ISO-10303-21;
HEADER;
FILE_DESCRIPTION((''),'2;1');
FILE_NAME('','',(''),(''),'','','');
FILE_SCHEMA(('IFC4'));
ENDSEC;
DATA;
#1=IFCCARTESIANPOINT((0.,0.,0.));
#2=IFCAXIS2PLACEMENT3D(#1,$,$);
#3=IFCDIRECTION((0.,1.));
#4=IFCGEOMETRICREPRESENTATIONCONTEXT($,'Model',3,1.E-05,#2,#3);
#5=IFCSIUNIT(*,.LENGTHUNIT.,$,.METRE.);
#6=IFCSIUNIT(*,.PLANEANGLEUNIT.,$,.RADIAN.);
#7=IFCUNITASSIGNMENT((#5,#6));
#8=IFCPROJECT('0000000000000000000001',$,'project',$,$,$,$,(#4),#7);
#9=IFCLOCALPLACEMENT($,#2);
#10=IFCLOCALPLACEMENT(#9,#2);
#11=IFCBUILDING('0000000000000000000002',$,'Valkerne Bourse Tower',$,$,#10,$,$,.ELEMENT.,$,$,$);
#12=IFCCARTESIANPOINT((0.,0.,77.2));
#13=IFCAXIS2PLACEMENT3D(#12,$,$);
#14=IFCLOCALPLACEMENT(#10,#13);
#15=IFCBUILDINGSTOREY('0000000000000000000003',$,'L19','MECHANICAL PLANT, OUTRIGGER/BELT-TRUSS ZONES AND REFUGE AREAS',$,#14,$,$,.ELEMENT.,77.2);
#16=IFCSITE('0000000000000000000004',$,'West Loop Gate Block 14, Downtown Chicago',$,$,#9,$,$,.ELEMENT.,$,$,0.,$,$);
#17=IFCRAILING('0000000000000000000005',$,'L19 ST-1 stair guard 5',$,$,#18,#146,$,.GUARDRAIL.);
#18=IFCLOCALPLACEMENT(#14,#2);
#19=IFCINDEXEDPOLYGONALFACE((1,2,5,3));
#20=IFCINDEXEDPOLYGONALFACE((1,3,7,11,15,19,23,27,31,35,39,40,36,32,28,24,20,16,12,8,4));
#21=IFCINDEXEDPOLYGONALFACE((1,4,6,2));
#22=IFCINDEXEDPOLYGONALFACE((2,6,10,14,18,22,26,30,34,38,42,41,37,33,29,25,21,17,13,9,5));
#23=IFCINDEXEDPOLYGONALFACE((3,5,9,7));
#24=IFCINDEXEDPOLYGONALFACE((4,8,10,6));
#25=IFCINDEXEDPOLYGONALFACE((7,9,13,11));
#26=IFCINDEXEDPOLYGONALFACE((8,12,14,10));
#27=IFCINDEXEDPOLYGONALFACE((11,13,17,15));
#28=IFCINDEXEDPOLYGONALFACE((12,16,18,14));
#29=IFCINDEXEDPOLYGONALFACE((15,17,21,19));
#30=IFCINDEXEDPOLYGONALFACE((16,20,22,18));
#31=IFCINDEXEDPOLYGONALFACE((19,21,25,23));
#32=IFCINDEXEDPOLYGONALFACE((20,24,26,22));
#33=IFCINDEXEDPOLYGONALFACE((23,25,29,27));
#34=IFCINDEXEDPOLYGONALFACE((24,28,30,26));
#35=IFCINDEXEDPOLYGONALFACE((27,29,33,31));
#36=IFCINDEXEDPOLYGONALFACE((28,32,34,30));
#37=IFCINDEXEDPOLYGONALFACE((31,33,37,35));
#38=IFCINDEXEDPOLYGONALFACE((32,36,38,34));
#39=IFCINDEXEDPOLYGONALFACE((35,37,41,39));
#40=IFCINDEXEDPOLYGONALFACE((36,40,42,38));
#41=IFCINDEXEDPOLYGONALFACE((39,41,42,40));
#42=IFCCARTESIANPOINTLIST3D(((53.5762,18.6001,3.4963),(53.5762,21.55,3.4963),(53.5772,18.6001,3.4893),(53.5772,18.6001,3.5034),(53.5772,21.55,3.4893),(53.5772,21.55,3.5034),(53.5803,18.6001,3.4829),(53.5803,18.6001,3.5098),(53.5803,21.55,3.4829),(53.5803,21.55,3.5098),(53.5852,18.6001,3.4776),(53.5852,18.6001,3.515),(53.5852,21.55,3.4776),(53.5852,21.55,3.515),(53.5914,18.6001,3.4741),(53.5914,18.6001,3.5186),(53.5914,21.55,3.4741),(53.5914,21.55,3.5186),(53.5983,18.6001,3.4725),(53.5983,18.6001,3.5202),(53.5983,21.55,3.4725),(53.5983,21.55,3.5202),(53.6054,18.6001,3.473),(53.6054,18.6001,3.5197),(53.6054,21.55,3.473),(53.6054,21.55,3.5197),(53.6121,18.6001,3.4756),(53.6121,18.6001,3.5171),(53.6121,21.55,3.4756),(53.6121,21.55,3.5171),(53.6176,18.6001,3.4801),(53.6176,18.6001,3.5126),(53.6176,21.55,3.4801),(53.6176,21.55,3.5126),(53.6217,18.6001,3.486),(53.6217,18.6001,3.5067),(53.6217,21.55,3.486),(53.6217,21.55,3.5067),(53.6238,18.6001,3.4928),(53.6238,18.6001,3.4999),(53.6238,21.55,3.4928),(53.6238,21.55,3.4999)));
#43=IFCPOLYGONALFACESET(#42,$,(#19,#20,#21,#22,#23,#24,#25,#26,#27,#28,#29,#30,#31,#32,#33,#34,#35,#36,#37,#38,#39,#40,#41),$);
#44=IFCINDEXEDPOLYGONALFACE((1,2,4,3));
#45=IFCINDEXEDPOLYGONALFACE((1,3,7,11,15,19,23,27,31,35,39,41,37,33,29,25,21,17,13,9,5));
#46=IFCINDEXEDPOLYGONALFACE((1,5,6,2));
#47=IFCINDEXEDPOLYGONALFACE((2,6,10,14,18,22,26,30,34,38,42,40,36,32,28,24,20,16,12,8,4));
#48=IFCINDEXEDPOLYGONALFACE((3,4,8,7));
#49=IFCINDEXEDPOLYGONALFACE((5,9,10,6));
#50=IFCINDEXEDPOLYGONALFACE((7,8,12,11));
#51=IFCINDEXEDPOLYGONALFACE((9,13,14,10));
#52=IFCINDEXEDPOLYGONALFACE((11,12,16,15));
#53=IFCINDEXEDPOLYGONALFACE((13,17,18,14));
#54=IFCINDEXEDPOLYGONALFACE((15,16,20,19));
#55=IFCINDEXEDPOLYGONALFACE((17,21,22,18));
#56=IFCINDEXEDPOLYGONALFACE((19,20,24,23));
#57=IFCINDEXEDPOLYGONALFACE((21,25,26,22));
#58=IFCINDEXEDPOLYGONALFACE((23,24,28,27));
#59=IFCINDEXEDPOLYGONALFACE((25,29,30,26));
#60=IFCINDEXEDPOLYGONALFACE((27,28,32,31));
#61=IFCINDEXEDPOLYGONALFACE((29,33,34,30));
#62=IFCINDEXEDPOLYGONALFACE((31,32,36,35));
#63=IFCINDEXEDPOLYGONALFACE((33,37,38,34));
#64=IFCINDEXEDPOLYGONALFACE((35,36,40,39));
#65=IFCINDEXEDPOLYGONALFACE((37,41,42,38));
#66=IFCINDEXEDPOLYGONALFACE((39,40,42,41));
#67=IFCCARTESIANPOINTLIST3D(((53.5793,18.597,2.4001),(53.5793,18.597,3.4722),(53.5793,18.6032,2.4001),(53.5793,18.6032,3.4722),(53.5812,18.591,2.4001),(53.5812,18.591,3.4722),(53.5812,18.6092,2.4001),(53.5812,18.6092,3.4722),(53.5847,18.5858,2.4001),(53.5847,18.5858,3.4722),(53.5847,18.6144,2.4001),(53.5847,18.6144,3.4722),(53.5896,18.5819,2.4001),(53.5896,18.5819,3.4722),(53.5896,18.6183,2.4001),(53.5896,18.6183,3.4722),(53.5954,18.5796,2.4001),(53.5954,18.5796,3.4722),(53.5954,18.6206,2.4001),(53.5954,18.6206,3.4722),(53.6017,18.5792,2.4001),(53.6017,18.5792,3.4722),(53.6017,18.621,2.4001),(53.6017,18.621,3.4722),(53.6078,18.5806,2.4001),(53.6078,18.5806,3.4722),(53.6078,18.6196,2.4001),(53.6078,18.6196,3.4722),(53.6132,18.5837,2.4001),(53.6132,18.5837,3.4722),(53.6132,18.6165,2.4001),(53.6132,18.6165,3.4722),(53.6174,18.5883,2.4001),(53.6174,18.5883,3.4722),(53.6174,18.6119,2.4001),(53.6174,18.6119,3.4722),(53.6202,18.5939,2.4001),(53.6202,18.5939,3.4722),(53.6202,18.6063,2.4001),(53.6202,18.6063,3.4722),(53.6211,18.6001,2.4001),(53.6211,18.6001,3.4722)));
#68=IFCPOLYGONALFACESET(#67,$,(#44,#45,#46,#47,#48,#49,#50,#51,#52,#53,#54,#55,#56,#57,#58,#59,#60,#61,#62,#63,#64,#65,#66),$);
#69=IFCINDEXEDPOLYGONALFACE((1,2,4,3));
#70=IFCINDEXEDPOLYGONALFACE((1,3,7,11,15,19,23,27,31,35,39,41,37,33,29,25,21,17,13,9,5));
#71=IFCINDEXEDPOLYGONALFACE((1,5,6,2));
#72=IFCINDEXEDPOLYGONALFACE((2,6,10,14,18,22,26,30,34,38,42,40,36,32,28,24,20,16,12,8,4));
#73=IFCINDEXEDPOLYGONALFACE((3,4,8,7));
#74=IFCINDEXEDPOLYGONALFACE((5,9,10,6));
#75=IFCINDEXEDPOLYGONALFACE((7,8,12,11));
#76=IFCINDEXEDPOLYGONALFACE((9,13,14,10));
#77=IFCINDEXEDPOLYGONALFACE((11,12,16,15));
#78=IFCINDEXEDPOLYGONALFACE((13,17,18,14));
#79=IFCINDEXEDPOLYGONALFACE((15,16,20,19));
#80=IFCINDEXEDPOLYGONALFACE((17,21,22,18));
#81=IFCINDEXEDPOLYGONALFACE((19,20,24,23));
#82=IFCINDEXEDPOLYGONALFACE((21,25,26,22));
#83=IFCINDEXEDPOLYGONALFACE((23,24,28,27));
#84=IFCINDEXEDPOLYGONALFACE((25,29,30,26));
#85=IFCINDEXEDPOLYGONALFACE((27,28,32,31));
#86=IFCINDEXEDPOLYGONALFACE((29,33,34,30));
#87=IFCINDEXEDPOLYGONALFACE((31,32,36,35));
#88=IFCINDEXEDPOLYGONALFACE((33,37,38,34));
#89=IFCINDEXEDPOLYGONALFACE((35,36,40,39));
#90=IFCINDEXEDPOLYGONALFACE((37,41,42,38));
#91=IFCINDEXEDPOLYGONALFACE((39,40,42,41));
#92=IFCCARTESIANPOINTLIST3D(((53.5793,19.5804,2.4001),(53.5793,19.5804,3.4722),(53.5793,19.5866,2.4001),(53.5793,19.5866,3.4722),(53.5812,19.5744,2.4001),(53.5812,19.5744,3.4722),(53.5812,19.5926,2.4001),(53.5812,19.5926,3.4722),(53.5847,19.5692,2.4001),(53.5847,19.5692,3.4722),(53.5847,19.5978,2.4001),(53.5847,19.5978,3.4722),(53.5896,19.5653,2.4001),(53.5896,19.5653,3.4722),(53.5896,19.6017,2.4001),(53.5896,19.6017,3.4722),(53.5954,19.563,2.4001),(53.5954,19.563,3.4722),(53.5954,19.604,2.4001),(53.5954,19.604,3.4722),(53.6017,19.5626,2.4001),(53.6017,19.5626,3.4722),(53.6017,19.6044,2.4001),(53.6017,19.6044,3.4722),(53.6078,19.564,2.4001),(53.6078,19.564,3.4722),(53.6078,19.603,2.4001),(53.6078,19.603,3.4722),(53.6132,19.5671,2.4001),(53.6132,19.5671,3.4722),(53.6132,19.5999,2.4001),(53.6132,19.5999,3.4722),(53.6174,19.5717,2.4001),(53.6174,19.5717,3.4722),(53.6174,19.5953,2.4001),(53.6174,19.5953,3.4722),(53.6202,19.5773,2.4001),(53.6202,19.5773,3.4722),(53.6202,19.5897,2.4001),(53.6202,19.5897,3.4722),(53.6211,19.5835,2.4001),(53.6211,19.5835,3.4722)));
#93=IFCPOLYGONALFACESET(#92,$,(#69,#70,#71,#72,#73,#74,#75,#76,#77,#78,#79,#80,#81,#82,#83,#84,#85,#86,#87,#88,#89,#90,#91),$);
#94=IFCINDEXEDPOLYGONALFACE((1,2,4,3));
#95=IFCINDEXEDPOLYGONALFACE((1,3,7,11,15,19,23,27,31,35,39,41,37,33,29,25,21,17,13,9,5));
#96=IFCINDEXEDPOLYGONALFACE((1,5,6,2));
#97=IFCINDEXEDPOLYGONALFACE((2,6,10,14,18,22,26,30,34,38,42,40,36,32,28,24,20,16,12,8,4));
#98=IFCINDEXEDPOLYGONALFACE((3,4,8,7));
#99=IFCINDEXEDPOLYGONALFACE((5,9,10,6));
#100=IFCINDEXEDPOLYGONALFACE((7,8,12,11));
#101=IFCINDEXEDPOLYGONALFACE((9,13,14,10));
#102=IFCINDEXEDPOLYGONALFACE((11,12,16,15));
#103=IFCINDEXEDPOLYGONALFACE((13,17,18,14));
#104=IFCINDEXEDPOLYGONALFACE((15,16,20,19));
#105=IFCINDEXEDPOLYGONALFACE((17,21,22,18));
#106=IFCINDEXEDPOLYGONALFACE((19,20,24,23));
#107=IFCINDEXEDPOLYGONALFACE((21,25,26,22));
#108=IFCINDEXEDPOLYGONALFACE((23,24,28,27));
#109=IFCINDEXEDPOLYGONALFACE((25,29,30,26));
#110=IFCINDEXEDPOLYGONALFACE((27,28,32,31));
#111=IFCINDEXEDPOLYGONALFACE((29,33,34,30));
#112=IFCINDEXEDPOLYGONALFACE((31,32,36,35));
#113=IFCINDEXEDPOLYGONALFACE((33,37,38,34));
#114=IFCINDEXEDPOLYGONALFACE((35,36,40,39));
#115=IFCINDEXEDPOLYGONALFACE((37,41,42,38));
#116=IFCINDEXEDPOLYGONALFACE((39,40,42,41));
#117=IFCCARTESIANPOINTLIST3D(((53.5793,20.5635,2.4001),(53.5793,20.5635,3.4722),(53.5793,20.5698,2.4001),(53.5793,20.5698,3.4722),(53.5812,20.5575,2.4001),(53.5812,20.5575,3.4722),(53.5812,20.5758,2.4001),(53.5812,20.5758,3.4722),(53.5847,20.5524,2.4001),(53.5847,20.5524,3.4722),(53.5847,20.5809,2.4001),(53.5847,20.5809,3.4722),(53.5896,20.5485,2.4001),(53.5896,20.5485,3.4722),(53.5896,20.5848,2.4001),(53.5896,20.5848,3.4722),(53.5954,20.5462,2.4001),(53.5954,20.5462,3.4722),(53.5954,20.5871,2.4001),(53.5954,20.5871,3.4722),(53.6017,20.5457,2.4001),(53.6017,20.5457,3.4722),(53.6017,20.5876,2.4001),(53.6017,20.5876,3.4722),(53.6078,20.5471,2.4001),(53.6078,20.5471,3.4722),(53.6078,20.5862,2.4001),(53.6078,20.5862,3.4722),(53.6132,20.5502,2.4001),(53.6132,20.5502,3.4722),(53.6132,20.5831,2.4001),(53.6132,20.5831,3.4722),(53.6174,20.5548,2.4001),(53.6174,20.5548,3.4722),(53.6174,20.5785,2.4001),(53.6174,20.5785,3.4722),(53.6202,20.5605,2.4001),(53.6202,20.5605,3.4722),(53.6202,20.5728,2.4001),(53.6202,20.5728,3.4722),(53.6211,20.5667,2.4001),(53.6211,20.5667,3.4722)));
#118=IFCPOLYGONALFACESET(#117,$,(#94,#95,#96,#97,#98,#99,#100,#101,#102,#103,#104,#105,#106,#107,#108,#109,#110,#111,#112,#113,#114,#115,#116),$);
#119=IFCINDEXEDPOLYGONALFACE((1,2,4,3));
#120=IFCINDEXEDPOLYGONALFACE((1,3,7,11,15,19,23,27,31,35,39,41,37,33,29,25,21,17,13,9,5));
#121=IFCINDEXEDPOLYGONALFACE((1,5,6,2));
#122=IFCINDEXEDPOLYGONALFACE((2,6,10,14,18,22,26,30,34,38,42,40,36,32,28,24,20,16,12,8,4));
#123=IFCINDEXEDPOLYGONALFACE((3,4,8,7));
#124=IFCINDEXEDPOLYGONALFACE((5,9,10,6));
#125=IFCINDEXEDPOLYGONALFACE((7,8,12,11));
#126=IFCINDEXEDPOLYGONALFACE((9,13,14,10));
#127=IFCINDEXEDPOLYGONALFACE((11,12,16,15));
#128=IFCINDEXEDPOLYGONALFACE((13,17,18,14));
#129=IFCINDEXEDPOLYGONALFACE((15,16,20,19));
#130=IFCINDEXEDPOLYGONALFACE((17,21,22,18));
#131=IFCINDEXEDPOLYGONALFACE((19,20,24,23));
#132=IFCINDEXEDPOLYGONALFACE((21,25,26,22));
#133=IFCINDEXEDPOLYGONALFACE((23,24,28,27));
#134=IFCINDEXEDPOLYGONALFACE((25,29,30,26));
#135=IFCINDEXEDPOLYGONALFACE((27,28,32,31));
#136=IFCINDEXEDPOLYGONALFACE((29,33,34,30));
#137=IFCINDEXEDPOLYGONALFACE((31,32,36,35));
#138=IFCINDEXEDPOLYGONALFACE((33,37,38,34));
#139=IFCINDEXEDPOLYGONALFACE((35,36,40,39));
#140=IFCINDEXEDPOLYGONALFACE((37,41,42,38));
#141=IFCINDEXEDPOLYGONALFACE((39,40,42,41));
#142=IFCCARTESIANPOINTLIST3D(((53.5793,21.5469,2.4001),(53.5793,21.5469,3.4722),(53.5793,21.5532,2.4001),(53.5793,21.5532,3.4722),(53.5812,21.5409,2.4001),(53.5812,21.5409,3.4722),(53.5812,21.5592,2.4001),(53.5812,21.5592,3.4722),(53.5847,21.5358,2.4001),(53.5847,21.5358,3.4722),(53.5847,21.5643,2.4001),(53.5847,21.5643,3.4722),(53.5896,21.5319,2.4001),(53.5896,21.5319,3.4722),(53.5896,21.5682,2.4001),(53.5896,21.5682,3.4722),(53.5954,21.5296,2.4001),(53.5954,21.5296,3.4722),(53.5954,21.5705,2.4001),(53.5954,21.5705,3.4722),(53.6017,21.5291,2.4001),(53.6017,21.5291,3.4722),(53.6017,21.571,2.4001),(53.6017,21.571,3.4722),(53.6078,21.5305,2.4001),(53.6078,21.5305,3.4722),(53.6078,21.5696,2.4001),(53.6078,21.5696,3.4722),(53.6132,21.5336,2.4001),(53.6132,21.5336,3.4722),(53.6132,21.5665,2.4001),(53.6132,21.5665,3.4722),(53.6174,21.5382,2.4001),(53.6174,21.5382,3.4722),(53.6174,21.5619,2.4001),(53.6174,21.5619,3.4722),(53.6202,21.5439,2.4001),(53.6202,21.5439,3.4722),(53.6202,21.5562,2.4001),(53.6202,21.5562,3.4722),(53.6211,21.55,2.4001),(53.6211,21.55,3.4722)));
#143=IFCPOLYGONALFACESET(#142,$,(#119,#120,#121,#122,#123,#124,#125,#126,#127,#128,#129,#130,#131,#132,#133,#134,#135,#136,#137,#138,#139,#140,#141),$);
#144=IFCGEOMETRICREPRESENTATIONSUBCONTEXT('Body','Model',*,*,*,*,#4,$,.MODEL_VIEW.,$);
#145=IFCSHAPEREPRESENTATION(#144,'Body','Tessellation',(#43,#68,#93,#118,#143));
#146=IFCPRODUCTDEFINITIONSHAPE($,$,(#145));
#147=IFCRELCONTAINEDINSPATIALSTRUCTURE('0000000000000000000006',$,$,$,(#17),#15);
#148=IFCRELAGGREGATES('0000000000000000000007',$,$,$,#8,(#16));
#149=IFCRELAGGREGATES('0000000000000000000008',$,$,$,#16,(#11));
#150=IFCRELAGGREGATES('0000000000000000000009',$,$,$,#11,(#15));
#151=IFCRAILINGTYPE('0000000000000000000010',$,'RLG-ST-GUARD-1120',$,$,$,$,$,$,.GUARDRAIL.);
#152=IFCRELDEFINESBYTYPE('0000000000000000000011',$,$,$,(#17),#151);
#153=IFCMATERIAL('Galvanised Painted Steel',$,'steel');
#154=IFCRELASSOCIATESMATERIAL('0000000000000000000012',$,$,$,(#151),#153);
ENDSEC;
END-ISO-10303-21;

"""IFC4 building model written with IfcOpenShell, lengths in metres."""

from ifc_helpers import new_model, si_unit, direction, frame, origin, origin_2d, place, context, subcontext, project, spatial, circle, extrude, material, type_object, element, save


model = new_model("IFC4")

# Units and contexts
model_context = context("Model", 3, precision=1e-05, world=origin(), true_north=direction((0.0, 1.0)))
body_context = subcontext(model_context, "Body", "Model", "MODEL_VIEW")
ifc_project = project(units=[si_unit("LENGTHUNIT", "METRE"), si_unit("PLANEANGLEUNIT", "RADIAN")], contexts=[model_context])

# Site, building, storey
site_placement = place(None, origin())
site = spatial("IfcSite", under=ifc_project, at=site_placement, Name="West Loop Gate Block 14, Downtown Chicago", CompositionType="ELEMENT", RefElevation=0.0)
building_placement = place(site_placement, origin())
building = spatial("IfcBuilding", under=site, at=building_placement, Name="Valkerne Bourse Tower", CompositionType="ELEMENT")
storey_placement = place(building_placement, frame((0.0, 0.0, 77.2)))
storey = spatial("IfcBuildingStorey", under=building, at=storey_placement, Name="L19", Description="MECHANICAL PLANT, OUTRIGGER/BELT-TRUSS ZONES AND REFUGE AREAS", CompositionType="ELEMENT", Elevation=77.2)

# Shared definitions
ifc_material_1 = material(Name="Galvanised Painted Steel", Category="steel")

# Railing
railing_type_1 = type_object("IfcRailingType", Name="RLG-ST-GUARD-1120", PredefinedType="GUARDRAIL", material=ifc_material_1)
railing_1_placement = place(storey_placement, frame((53.6001, 18.6001, 2.4001)))
element("IfcRailing", 1, at=railing_1_placement, inside=storey, type_object=railing_type_1, Name="L19 ST-1 stair guard 5", PredefinedType="GUARDRAIL", context=body_context, shape_type="SweptSolid", body=[
    extrude(circle(Radius=0.0239, at=origin_2d()), frame((0.0, 0.0, 1.0962), z_axis=(0.0, 1.0, 0.0), x_axis=(-1.0, 0.0, 0.0)), (0.0, 0.0, 1.0), 2.95),
    extrude(circle(Radius=0.021, at=origin_2d()), origin(), (0.0, 0.0, 1.0), 1.072),
    extrude(circle(Radius=0.021, at=origin_2d()), frame((0.0, 0.9834, 0.0)), (0.0, 0.0, 1.0), 1.072),
    extrude(circle(Radius=0.021, at=origin_2d()), frame((0.0, 1.9666, 0.0)), (0.0, 0.0, 1.0), 1.072),
    extrude(circle(Radius=0.021, at=origin_2d()), frame((0.0, 2.95, 0.0)), (0.0, 0.0, 1.0), 1.072),
])

save(model, "model.ifc")
